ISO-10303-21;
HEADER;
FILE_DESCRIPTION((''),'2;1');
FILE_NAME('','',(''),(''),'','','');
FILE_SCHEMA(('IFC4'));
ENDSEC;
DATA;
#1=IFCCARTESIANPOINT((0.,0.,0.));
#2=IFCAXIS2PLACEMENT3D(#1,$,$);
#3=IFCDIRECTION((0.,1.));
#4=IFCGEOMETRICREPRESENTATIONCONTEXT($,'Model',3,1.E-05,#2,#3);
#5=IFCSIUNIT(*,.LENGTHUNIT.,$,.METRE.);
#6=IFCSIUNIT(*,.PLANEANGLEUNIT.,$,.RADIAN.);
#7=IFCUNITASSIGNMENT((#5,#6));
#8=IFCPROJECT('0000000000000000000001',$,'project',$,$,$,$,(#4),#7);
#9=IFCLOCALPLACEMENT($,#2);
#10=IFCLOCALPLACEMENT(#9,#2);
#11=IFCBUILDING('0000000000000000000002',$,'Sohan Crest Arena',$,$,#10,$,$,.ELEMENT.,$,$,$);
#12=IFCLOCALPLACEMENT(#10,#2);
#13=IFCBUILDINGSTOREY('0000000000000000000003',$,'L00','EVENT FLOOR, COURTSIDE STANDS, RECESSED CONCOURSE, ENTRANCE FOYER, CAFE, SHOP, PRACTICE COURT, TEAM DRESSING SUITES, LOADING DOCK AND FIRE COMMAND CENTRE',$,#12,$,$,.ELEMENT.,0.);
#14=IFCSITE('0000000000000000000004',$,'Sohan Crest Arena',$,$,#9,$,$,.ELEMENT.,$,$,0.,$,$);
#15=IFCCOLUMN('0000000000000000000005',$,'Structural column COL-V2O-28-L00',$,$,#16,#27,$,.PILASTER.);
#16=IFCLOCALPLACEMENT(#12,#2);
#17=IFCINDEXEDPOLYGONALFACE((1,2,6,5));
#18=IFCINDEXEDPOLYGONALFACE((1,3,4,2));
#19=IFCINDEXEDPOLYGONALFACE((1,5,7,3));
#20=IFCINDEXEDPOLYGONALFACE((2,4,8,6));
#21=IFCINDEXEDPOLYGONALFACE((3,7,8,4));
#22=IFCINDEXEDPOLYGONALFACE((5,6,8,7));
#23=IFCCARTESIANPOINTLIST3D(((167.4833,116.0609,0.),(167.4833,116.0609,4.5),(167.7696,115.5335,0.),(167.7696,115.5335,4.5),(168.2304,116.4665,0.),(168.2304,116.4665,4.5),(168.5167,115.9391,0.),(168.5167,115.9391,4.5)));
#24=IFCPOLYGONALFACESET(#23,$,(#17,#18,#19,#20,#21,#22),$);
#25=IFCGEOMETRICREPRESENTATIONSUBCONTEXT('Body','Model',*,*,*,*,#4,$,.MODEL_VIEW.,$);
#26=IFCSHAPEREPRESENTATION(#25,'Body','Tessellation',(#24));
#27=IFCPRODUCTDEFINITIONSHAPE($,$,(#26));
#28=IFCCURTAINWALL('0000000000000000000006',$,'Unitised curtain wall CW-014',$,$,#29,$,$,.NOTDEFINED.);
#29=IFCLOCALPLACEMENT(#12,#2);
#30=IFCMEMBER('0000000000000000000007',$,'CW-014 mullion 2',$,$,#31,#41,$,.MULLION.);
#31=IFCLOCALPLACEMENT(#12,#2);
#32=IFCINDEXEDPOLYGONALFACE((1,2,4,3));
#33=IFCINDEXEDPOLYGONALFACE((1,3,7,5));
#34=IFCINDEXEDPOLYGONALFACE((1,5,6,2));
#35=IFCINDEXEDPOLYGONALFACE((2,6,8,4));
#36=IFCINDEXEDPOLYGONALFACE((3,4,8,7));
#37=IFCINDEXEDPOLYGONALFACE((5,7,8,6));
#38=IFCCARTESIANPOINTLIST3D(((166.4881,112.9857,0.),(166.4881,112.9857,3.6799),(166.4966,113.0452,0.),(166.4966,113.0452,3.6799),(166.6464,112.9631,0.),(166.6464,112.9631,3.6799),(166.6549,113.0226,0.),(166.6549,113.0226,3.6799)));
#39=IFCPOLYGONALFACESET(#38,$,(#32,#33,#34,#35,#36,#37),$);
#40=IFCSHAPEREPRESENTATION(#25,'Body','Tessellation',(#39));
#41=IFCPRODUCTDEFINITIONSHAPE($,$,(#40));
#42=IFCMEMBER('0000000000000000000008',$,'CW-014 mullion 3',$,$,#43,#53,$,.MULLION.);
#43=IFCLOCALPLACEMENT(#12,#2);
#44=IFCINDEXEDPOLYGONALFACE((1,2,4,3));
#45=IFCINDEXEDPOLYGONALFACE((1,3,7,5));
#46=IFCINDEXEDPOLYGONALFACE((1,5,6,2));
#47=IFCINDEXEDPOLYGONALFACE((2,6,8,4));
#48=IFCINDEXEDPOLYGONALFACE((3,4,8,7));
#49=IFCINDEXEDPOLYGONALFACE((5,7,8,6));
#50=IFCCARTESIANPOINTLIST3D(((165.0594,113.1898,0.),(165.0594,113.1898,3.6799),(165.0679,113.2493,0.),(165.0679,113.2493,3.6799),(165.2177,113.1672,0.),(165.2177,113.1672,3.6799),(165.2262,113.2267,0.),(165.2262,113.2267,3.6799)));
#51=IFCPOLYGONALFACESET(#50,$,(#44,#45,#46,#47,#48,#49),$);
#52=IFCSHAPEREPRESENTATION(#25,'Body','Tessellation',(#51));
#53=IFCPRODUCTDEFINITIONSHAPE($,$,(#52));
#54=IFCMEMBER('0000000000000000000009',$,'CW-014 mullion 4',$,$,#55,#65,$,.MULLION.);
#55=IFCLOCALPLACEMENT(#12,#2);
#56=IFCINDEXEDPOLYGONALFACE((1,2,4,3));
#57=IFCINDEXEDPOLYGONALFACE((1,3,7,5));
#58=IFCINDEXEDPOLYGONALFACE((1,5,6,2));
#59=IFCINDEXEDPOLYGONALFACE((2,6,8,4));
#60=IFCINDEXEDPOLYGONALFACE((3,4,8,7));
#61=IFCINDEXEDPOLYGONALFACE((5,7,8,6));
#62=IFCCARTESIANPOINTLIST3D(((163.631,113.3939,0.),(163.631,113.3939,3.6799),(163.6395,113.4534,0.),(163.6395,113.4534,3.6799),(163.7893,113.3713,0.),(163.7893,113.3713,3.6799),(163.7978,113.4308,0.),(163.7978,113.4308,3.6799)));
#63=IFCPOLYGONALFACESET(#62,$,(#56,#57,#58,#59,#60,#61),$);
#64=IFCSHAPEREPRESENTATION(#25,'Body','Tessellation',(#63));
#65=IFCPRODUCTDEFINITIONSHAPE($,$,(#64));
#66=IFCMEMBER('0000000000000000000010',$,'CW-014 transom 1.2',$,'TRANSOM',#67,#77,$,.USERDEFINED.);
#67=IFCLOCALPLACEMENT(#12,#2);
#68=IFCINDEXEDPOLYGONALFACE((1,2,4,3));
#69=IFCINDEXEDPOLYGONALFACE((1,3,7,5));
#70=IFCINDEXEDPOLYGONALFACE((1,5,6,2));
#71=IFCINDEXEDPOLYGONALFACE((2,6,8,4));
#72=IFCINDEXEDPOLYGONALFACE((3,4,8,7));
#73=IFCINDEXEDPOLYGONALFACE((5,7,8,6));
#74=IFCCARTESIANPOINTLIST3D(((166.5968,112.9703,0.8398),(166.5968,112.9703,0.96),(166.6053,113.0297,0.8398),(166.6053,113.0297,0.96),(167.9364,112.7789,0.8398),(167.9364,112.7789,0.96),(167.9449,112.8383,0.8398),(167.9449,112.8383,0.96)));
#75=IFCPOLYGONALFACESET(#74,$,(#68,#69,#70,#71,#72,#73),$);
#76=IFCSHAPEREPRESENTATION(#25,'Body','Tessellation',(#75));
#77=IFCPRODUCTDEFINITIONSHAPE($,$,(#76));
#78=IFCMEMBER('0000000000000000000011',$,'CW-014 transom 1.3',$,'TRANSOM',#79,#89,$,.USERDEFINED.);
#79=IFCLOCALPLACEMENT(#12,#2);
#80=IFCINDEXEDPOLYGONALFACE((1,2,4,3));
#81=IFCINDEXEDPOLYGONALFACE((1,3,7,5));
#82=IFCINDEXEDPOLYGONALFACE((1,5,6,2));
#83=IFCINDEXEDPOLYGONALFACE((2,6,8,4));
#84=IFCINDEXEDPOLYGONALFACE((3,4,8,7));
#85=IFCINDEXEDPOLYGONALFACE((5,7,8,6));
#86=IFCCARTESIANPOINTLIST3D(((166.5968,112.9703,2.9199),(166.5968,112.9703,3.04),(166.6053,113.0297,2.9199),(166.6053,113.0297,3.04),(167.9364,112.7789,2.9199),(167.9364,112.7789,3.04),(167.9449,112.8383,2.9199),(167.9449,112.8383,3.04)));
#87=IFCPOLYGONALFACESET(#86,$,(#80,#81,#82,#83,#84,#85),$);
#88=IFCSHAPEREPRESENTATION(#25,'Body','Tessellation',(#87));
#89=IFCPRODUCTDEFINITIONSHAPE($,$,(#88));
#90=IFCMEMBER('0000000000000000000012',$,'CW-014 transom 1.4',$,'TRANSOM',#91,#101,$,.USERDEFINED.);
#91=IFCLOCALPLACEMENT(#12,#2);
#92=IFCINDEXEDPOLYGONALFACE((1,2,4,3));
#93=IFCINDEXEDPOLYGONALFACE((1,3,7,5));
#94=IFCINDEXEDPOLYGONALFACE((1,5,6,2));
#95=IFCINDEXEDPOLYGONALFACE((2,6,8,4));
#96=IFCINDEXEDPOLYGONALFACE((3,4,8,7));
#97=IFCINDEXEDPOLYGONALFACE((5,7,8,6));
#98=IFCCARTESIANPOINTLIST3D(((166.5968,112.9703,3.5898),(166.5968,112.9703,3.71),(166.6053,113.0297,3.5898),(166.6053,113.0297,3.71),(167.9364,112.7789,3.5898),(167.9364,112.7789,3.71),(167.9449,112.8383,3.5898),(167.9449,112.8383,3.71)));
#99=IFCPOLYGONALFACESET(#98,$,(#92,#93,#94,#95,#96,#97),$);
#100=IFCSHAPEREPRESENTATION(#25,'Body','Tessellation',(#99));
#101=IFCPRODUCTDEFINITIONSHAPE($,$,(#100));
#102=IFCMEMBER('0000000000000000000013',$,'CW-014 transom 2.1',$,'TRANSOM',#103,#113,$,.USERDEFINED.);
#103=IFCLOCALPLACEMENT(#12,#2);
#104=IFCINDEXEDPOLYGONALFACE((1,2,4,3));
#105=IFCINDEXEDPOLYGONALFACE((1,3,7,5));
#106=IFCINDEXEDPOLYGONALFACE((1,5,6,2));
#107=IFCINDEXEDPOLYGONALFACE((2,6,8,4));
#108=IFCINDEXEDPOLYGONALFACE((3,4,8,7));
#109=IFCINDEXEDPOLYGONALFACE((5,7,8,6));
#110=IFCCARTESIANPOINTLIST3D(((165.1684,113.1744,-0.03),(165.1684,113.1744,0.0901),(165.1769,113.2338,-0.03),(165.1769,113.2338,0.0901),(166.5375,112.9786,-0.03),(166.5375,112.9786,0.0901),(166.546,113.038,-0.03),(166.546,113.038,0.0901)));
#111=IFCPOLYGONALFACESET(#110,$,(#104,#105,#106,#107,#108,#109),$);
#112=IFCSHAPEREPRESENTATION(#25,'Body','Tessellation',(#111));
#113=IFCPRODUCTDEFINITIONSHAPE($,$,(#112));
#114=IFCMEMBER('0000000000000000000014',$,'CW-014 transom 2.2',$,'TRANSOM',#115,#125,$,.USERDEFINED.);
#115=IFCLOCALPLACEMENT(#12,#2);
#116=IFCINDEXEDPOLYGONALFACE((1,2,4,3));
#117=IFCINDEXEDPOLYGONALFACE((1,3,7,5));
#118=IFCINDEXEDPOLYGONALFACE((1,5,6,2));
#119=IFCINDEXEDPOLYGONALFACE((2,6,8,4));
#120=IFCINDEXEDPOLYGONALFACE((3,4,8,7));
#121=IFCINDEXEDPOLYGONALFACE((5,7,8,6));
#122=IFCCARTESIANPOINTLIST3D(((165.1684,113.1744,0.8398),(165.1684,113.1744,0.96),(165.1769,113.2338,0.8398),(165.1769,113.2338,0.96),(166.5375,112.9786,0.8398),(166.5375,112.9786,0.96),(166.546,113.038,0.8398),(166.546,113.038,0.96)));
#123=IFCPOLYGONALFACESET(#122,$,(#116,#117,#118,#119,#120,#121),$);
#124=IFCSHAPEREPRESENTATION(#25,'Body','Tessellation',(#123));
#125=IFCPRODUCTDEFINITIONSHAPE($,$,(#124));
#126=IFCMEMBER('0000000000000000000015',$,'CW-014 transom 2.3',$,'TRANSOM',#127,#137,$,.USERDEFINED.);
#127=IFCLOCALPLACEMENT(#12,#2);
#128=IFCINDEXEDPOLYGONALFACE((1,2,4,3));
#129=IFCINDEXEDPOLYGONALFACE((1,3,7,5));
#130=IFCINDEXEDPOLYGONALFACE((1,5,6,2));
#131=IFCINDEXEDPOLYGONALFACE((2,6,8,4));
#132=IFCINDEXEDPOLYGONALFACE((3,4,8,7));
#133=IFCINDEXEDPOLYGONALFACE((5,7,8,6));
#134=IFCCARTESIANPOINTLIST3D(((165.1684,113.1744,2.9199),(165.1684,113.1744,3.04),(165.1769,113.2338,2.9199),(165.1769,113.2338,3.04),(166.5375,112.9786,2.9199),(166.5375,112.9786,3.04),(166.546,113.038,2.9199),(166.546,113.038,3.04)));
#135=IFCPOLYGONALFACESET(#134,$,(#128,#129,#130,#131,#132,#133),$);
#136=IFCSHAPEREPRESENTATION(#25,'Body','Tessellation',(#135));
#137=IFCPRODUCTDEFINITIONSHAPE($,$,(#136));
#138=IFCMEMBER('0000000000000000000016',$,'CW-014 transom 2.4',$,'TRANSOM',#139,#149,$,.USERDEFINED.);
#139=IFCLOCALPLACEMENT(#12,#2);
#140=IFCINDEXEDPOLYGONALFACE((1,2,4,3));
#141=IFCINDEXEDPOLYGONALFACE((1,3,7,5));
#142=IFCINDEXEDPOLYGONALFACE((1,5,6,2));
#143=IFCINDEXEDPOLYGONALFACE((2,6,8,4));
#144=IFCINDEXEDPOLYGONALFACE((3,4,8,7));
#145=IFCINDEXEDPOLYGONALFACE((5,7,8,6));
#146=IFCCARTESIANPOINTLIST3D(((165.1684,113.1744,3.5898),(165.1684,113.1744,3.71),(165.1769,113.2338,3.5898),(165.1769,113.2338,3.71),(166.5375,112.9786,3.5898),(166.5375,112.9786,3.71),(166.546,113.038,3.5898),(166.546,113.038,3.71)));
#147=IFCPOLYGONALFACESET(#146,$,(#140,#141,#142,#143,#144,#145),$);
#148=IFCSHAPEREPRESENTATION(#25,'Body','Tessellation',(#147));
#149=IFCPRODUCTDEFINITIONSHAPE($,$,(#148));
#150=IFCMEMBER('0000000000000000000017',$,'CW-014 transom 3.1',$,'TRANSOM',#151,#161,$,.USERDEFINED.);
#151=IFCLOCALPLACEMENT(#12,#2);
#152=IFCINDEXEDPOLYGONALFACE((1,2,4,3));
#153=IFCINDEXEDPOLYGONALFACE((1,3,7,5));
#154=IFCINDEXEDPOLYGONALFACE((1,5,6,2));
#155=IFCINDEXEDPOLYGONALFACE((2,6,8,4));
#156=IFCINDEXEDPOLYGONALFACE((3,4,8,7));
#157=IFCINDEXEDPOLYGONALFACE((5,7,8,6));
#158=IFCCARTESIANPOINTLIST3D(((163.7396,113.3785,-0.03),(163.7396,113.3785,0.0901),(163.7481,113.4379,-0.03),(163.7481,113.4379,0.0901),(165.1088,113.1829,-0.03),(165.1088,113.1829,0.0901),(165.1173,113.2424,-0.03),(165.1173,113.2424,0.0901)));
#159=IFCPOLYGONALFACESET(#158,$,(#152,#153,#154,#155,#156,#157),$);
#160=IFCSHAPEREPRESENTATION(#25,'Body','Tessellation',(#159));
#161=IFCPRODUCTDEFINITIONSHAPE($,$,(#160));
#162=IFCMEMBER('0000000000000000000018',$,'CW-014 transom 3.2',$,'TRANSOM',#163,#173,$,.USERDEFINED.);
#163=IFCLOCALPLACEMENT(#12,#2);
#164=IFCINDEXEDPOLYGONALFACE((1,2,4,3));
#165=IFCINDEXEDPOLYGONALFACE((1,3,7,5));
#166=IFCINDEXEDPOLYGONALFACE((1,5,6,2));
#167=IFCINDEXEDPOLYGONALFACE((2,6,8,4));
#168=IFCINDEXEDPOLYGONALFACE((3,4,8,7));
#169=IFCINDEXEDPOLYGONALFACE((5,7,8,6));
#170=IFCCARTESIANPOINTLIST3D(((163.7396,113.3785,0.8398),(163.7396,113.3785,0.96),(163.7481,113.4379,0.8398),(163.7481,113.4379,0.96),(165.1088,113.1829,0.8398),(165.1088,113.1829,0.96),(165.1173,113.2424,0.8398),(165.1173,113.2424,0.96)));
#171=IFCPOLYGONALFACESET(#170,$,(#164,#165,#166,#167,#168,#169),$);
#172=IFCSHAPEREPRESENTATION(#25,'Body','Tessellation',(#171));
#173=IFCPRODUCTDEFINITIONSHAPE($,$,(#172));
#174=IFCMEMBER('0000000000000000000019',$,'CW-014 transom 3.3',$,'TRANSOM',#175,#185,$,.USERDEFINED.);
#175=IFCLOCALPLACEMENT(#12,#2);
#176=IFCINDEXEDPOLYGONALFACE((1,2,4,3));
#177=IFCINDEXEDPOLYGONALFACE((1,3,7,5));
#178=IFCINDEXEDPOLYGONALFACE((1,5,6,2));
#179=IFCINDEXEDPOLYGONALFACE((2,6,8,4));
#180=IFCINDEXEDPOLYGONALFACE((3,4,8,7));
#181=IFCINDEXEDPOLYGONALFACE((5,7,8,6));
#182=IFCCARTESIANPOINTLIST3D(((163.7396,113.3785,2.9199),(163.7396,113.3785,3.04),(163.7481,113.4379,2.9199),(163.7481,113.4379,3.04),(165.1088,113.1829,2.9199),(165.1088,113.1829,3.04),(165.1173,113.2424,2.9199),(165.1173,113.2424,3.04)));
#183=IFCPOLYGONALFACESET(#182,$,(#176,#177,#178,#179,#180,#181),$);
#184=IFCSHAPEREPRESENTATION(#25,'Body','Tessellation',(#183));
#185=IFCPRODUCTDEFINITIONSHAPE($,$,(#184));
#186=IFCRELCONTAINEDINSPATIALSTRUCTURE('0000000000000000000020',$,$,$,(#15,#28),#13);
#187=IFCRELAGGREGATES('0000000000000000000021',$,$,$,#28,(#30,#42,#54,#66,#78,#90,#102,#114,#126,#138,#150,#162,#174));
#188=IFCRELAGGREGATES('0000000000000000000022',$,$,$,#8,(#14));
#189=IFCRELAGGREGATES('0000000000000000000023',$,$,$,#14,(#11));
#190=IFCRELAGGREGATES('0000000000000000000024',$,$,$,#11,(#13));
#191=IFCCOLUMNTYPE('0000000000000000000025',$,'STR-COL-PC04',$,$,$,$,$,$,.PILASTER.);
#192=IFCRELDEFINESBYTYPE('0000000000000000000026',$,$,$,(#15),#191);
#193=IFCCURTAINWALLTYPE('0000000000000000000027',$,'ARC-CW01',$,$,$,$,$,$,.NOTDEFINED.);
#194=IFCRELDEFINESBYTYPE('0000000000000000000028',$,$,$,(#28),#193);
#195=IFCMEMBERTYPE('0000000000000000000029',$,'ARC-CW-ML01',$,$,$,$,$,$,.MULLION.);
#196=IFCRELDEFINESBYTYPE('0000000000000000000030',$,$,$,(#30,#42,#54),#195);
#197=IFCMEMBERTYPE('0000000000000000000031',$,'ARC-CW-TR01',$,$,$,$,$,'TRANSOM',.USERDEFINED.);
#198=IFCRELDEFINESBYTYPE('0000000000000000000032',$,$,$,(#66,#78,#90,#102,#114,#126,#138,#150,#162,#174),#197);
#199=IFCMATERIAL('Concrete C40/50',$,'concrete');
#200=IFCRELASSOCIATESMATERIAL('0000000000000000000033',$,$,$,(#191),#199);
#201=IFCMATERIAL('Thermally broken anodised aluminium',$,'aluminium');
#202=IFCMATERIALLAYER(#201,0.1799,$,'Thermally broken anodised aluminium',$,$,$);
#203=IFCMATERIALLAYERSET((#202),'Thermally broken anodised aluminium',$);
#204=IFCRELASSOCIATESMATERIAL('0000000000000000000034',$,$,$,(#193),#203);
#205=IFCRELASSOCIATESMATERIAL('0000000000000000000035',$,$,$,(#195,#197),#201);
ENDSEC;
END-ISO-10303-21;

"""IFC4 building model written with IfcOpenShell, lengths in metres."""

from ifc_helpers import new_model, si_unit, direction, frame, origin, origin_2d, place, context, subcontext, project, spatial, rectangle, extrude, material, layer, layer_set, material_profile, profile_set, type_object, element, aggregate, save


model = new_model("IFC4")

# Units and contexts
model_context = context("Model", 3, precision=1e-05, world=origin(), true_north=direction((0.0, 1.0)))
body_context = subcontext(model_context, "Body", "Model", "MODEL_VIEW")
ifc_project = project(units=[si_unit("LENGTHUNIT", "METRE"), si_unit("PLANEANGLEUNIT", "RADIAN")], contexts=[model_context])

# Site, building, storey
site_placement = place(None, origin())
site = spatial("IfcSite", under=ifc_project, at=site_placement, Name="Sohan Crest Arena", CompositionType="ELEMENT", RefElevation=0.0)
building_placement = place(site_placement, origin())
building = spatial("IfcBuilding", under=site, at=building_placement, Name="Sohan Crest Arena", CompositionType="ELEMENT")
storey_placement = place(building_placement, origin())
storey = spatial("IfcBuildingStorey", under=building, at=storey_placement, Name="L00", Description="EVENT FLOOR, COURTSIDE STANDS, RECESSED CONCOURSE, ENTRANCE FOYER, CAFE, SHOP, PRACTICE COURT, TEAM DRESSING SUITES, LOADING DOCK AND FIRE COMMAND CENTRE", CompositionType="ELEMENT", Elevation=0.0)

# Column
ifc_material_1 = material(Name="Concrete C40/50", Category="concrete")
ifc_material_profile_1 = material_profile(ifc_material_1, rectangle(XDim=0.8501, YDim=0.6001, at=origin_2d()), Name="RC 850x600")
ifc_profile_set_1 = profile_set([ifc_material_profile_1], Name="Concrete C40/50")
column_type = type_object("IfcColumnType", Name="STR-COL-PC04", PredefinedType="PILASTER", material=ifc_profile_set_1)
column_placement = place(storey_placement, frame((168.0, 116.0, 0.0), z_axis=(0.0, 0.0, 1.0), x_axis=(0.878817, 0.477159, 0.0)))
element("IfcColumn", 1, at=column_placement, inside=storey, type_object=column_type, Name="Structural column COL-V2O-28-L00", PredefinedType="PILASTER", context=body_context, shape_type="SweptSolid", body=[
    extrude(rectangle(XDim=0.8501, YDim=0.6001, at=origin_2d()), origin(), (0.0, 0.0, 1.0), 4.5),
])

# Curtain wall, members
ifc_material_2 = material(Name="Thermally broken anodised aluminium", Category="aluminium")
ifc_layer_1 = layer(ifc_material_2, 0.1799, Name="Thermally broken anodised aluminium")
ifc_layer_set_1 = layer_set([ifc_layer_1], Name="Thermally broken anodised aluminium")
curtain_wall_type = type_object("IfcCurtainWallType", Name="ARC-CW01", PredefinedType="NOTDEFINED", material=ifc_layer_set_1)
curtain_wall_placement = place(storey_placement, origin())
curtain_wall = element("IfcCurtainWall", 2, at=curtain_wall_placement, inside=storey, type_object=curtain_wall_type, Name="Unitised curtain wall CW-014", PredefinedType="NOTDEFINED")
ifc_material_profile_2 = material_profile(ifc_material_2, rectangle(XDim=0.0601, YDim=0.1599, at=origin_2d()), Name="ALU-MULL 60x160")
ifc_profile_set_2 = profile_set([ifc_material_profile_2], Name="Thermally broken anodised aluminium")
member_type_1 = type_object("IfcMemberType", Name="ARC-CW-ML01", PredefinedType="MULLION", material=ifc_profile_set_2)
member_1_placement = place(storey_placement, frame((166.5715, 113.0042, 0.0), z_axis=(0.0, 0.0, 1.0), x_axis=(-0.141463, -0.989944, 0.0)))
member_1 = element("IfcMember", 3, at=member_1_placement, type_object=member_type_1, Name="CW-014 mullion 2", PredefinedType="MULLION", context=body_context, shape_type="SweptSolid", body=[
    extrude(rectangle(XDim=0.0601, YDim=0.1599, at=origin_2d()), origin(), (0.0, 0.0, 1.0), 3.6799),
])
member_2_placement = place(storey_placement, frame((165.1428, 113.2083, 0.0), z_axis=(0.0, 0.0, 1.0), x_axis=(-0.141463, -0.989944, 0.0)))
member_2 = element("IfcMember", 4, at=member_2_placement, type_object=member_type_1, Name="CW-014 mullion 3", PredefinedType="MULLION", context=body_context, shape_type="SweptSolid", body=[
    extrude(rectangle(XDim=0.0601, YDim=0.1599, at=origin_2d()), origin(), (0.0, 0.0, 1.0), 3.6799),
])
member_3_placement = place(storey_placement, frame((163.7144, 113.4124, 0.0), z_axis=(0.0, 0.0, 1.0), x_axis=(-0.141463, -0.989944, 0.0)))
member_3 = element("IfcMember", 5, at=member_3_placement, type_object=member_type_1, Name="CW-014 mullion 4", PredefinedType="MULLION", context=body_context, shape_type="SweptSolid", body=[
    extrude(rectangle(XDim=0.0601, YDim=0.1599, at=origin_2d()), origin(), (0.0, 0.0, 1.0), 3.6799),
])
ifc_material_profile_3 = material_profile(ifc_material_2, rectangle(XDim=0.0601, YDim=0.1201, at=origin_2d()), Name="ALU-TRAN 60x120")
ifc_profile_set_3 = profile_set([ifc_material_profile_3], Name="Thermally broken anodised aluminium")
member_type_2 = type_object("IfcMemberType", Name="ARC-CW-TR01", ElementType="TRANSOM", PredefinedType="USERDEFINED", material=ifc_profile_set_3)
member_4_placement = place(storey_placement, frame((167.9407, 112.8086, 0.8999), z_axis=(-0.989946, 0.141447, 0.0), x_axis=(-0.141447, -0.989946, 0.0)))
member_4 = element("IfcMember", 6, at=member_4_placement, type_object=member_type_2, Name="CW-014 transom 1.2", ObjectType="TRANSOM", PredefinedType="USERDEFINED", context=body_context, shape_type="SweptSolid", body=[
    extrude(rectangle(XDim=0.0601, YDim=0.1201, at=origin_2d()), origin(), (0.0, 0.0, 1.0), 1.3533),
])
member_5_placement = place(storey_placement, frame((167.9407, 112.8086, 2.98), z_axis=(-0.989946, 0.141447, 0.0), x_axis=(-0.141447, -0.989946, 0.0)))
member_5 = element("IfcMember", 7, at=member_5_placement, type_object=member_type_2, Name="CW-014 transom 1.3", ObjectType="TRANSOM", PredefinedType="USERDEFINED", context=body_context, shape_type="SweptSolid", body=[
    extrude(rectangle(XDim=0.0601, YDim=0.1201, at=origin_2d()), origin(), (0.0, 0.0, 1.0), 1.3533),
])
member_6_placement = place(storey_placement, frame((167.9407, 112.8086, 3.6499), z_axis=(-0.989946, 0.141447, 0.0), x_axis=(-0.141447, -0.989946, 0.0)))
member_6 = element("IfcMember", 8, at=member_6_placement, type_object=member_type_2, Name="CW-014 transom 1.4", ObjectType="TRANSOM", PredefinedType="USERDEFINED", context=body_context, shape_type="SweptSolid", body=[
    extrude(rectangle(XDim=0.0601, YDim=0.1201, at=origin_2d()), origin(), (0.0, 0.0, 1.0), 1.3533),
])
member_7_placement = place(storey_placement, frame((166.5417, 113.0083, 0.03), z_axis=(-0.989928, 0.14157, 0.0), x_axis=(-0.14157, -0.989928, 0.0)))
member_7 = element("IfcMember", 9, at=member_7_placement, type_object=member_type_2, Name="CW-014 transom 2.1", ObjectType="TRANSOM", PredefinedType="USERDEFINED", context=body_context, shape_type="SweptSolid", body=[
    extrude(rectangle(XDim=0.0601, YDim=0.1201, at=origin_2d()), origin(), (0.0, 0.0, 1.0), 1.3831),
])
member_8_placement = place(storey_placement, frame((166.5417, 113.0083, 0.8999), z_axis=(-0.989928, 0.14157, 0.0), x_axis=(-0.14157, -0.989928, 0.0)))
member_8 = element("IfcMember", 10, at=member_8_placement, type_object=member_type_2, Name="CW-014 transom 2.2", ObjectType="TRANSOM", PredefinedType="USERDEFINED", context=body_context, shape_type="SweptSolid", body=[
    extrude(rectangle(XDim=0.0601, YDim=0.1201, at=origin_2d()), origin(), (0.0, 0.0, 1.0), 1.3831),
])
member_9_placement = place(storey_placement, frame((166.5417, 113.0083, 2.98), z_axis=(-0.989928, 0.14157, 0.0), x_axis=(-0.14157, -0.989928, 0.0)))
member_9 = element("IfcMember", 11, at=member_9_placement, type_object=member_type_2, Name="CW-014 transom 2.3", ObjectType="TRANSOM", PredefinedType="USERDEFINED", context=body_context, shape_type="SweptSolid", body=[
    extrude(rectangle(XDim=0.0601, YDim=0.1201, at=origin_2d()), origin(), (0.0, 0.0, 1.0), 1.3831),
])
member_10_placement = place(storey_placement, frame((166.5417, 113.0083, 3.6499), z_axis=(-0.989928, 0.14157, 0.0), x_axis=(-0.14157, -0.989928, 0.0)))
member_10 = element("IfcMember", 12, at=member_10_placement, type_object=member_type_2, Name="CW-014 transom 2.4", ObjectType="TRANSOM", PredefinedType="USERDEFINED", context=body_context, shape_type="SweptSolid", body=[
    extrude(rectangle(XDim=0.0601, YDim=0.1201, at=origin_2d()), origin(), (0.0, 0.0, 1.0), 1.3831),
])
member_11_placement = place(storey_placement, frame((165.113, 113.2126, 0.03), z_axis=(-0.989953, 0.141397, 0.0), x_axis=(-0.141397, -0.989953, 0.0)))
member_11 = element("IfcMember", 13, at=member_11_placement, type_object=member_type_2, Name="CW-014 transom 3.1", ObjectType="TRANSOM", PredefinedType="USERDEFINED", context=body_context, shape_type="SweptSolid", body=[
    extrude(rectangle(XDim=0.0601, YDim=0.1201, at=origin_2d()), origin(), (0.0, 0.0, 1.0), 1.3831),
])
member_12_placement = place(storey_placement, frame((165.113, 113.2126, 0.8999), z_axis=(-0.989953, 0.141397, 0.0), x_axis=(-0.141397, -0.989953, 0.0)))
member_12 = element("IfcMember", 14, at=member_12_placement, type_object=member_type_2, Name="CW-014 transom 3.2", ObjectType="TRANSOM", PredefinedType="USERDEFINED", context=body_context, shape_type="SweptSolid", body=[
    extrude(rectangle(XDim=0.0601, YDim=0.1201, at=origin_2d()), origin(), (0.0, 0.0, 1.0), 1.3831),
])
member_13_placement = place(storey_placement, frame((165.113, 113.2126, 2.98), z_axis=(-0.989953, 0.141397, 0.0), x_axis=(-0.141397, -0.989953, 0.0)))
member_13 = element("IfcMember", 15, at=member_13_placement, type_object=member_type_2, Name="CW-014 transom 3.3", ObjectType="TRANSOM", PredefinedType="USERDEFINED", context=body_context, shape_type="SweptSolid", body=[
    extrude(rectangle(XDim=0.0601, YDim=0.1201, at=origin_2d()), origin(), (0.0, 0.0, 1.0), 1.3831),
])

aggregate(curtain_wall, [member_1, member_2, member_3, member_4, member_5, member_6, member_7, member_8, member_9, member_10, member_11, member_12, member_13])

save(model, "model.ifc")
